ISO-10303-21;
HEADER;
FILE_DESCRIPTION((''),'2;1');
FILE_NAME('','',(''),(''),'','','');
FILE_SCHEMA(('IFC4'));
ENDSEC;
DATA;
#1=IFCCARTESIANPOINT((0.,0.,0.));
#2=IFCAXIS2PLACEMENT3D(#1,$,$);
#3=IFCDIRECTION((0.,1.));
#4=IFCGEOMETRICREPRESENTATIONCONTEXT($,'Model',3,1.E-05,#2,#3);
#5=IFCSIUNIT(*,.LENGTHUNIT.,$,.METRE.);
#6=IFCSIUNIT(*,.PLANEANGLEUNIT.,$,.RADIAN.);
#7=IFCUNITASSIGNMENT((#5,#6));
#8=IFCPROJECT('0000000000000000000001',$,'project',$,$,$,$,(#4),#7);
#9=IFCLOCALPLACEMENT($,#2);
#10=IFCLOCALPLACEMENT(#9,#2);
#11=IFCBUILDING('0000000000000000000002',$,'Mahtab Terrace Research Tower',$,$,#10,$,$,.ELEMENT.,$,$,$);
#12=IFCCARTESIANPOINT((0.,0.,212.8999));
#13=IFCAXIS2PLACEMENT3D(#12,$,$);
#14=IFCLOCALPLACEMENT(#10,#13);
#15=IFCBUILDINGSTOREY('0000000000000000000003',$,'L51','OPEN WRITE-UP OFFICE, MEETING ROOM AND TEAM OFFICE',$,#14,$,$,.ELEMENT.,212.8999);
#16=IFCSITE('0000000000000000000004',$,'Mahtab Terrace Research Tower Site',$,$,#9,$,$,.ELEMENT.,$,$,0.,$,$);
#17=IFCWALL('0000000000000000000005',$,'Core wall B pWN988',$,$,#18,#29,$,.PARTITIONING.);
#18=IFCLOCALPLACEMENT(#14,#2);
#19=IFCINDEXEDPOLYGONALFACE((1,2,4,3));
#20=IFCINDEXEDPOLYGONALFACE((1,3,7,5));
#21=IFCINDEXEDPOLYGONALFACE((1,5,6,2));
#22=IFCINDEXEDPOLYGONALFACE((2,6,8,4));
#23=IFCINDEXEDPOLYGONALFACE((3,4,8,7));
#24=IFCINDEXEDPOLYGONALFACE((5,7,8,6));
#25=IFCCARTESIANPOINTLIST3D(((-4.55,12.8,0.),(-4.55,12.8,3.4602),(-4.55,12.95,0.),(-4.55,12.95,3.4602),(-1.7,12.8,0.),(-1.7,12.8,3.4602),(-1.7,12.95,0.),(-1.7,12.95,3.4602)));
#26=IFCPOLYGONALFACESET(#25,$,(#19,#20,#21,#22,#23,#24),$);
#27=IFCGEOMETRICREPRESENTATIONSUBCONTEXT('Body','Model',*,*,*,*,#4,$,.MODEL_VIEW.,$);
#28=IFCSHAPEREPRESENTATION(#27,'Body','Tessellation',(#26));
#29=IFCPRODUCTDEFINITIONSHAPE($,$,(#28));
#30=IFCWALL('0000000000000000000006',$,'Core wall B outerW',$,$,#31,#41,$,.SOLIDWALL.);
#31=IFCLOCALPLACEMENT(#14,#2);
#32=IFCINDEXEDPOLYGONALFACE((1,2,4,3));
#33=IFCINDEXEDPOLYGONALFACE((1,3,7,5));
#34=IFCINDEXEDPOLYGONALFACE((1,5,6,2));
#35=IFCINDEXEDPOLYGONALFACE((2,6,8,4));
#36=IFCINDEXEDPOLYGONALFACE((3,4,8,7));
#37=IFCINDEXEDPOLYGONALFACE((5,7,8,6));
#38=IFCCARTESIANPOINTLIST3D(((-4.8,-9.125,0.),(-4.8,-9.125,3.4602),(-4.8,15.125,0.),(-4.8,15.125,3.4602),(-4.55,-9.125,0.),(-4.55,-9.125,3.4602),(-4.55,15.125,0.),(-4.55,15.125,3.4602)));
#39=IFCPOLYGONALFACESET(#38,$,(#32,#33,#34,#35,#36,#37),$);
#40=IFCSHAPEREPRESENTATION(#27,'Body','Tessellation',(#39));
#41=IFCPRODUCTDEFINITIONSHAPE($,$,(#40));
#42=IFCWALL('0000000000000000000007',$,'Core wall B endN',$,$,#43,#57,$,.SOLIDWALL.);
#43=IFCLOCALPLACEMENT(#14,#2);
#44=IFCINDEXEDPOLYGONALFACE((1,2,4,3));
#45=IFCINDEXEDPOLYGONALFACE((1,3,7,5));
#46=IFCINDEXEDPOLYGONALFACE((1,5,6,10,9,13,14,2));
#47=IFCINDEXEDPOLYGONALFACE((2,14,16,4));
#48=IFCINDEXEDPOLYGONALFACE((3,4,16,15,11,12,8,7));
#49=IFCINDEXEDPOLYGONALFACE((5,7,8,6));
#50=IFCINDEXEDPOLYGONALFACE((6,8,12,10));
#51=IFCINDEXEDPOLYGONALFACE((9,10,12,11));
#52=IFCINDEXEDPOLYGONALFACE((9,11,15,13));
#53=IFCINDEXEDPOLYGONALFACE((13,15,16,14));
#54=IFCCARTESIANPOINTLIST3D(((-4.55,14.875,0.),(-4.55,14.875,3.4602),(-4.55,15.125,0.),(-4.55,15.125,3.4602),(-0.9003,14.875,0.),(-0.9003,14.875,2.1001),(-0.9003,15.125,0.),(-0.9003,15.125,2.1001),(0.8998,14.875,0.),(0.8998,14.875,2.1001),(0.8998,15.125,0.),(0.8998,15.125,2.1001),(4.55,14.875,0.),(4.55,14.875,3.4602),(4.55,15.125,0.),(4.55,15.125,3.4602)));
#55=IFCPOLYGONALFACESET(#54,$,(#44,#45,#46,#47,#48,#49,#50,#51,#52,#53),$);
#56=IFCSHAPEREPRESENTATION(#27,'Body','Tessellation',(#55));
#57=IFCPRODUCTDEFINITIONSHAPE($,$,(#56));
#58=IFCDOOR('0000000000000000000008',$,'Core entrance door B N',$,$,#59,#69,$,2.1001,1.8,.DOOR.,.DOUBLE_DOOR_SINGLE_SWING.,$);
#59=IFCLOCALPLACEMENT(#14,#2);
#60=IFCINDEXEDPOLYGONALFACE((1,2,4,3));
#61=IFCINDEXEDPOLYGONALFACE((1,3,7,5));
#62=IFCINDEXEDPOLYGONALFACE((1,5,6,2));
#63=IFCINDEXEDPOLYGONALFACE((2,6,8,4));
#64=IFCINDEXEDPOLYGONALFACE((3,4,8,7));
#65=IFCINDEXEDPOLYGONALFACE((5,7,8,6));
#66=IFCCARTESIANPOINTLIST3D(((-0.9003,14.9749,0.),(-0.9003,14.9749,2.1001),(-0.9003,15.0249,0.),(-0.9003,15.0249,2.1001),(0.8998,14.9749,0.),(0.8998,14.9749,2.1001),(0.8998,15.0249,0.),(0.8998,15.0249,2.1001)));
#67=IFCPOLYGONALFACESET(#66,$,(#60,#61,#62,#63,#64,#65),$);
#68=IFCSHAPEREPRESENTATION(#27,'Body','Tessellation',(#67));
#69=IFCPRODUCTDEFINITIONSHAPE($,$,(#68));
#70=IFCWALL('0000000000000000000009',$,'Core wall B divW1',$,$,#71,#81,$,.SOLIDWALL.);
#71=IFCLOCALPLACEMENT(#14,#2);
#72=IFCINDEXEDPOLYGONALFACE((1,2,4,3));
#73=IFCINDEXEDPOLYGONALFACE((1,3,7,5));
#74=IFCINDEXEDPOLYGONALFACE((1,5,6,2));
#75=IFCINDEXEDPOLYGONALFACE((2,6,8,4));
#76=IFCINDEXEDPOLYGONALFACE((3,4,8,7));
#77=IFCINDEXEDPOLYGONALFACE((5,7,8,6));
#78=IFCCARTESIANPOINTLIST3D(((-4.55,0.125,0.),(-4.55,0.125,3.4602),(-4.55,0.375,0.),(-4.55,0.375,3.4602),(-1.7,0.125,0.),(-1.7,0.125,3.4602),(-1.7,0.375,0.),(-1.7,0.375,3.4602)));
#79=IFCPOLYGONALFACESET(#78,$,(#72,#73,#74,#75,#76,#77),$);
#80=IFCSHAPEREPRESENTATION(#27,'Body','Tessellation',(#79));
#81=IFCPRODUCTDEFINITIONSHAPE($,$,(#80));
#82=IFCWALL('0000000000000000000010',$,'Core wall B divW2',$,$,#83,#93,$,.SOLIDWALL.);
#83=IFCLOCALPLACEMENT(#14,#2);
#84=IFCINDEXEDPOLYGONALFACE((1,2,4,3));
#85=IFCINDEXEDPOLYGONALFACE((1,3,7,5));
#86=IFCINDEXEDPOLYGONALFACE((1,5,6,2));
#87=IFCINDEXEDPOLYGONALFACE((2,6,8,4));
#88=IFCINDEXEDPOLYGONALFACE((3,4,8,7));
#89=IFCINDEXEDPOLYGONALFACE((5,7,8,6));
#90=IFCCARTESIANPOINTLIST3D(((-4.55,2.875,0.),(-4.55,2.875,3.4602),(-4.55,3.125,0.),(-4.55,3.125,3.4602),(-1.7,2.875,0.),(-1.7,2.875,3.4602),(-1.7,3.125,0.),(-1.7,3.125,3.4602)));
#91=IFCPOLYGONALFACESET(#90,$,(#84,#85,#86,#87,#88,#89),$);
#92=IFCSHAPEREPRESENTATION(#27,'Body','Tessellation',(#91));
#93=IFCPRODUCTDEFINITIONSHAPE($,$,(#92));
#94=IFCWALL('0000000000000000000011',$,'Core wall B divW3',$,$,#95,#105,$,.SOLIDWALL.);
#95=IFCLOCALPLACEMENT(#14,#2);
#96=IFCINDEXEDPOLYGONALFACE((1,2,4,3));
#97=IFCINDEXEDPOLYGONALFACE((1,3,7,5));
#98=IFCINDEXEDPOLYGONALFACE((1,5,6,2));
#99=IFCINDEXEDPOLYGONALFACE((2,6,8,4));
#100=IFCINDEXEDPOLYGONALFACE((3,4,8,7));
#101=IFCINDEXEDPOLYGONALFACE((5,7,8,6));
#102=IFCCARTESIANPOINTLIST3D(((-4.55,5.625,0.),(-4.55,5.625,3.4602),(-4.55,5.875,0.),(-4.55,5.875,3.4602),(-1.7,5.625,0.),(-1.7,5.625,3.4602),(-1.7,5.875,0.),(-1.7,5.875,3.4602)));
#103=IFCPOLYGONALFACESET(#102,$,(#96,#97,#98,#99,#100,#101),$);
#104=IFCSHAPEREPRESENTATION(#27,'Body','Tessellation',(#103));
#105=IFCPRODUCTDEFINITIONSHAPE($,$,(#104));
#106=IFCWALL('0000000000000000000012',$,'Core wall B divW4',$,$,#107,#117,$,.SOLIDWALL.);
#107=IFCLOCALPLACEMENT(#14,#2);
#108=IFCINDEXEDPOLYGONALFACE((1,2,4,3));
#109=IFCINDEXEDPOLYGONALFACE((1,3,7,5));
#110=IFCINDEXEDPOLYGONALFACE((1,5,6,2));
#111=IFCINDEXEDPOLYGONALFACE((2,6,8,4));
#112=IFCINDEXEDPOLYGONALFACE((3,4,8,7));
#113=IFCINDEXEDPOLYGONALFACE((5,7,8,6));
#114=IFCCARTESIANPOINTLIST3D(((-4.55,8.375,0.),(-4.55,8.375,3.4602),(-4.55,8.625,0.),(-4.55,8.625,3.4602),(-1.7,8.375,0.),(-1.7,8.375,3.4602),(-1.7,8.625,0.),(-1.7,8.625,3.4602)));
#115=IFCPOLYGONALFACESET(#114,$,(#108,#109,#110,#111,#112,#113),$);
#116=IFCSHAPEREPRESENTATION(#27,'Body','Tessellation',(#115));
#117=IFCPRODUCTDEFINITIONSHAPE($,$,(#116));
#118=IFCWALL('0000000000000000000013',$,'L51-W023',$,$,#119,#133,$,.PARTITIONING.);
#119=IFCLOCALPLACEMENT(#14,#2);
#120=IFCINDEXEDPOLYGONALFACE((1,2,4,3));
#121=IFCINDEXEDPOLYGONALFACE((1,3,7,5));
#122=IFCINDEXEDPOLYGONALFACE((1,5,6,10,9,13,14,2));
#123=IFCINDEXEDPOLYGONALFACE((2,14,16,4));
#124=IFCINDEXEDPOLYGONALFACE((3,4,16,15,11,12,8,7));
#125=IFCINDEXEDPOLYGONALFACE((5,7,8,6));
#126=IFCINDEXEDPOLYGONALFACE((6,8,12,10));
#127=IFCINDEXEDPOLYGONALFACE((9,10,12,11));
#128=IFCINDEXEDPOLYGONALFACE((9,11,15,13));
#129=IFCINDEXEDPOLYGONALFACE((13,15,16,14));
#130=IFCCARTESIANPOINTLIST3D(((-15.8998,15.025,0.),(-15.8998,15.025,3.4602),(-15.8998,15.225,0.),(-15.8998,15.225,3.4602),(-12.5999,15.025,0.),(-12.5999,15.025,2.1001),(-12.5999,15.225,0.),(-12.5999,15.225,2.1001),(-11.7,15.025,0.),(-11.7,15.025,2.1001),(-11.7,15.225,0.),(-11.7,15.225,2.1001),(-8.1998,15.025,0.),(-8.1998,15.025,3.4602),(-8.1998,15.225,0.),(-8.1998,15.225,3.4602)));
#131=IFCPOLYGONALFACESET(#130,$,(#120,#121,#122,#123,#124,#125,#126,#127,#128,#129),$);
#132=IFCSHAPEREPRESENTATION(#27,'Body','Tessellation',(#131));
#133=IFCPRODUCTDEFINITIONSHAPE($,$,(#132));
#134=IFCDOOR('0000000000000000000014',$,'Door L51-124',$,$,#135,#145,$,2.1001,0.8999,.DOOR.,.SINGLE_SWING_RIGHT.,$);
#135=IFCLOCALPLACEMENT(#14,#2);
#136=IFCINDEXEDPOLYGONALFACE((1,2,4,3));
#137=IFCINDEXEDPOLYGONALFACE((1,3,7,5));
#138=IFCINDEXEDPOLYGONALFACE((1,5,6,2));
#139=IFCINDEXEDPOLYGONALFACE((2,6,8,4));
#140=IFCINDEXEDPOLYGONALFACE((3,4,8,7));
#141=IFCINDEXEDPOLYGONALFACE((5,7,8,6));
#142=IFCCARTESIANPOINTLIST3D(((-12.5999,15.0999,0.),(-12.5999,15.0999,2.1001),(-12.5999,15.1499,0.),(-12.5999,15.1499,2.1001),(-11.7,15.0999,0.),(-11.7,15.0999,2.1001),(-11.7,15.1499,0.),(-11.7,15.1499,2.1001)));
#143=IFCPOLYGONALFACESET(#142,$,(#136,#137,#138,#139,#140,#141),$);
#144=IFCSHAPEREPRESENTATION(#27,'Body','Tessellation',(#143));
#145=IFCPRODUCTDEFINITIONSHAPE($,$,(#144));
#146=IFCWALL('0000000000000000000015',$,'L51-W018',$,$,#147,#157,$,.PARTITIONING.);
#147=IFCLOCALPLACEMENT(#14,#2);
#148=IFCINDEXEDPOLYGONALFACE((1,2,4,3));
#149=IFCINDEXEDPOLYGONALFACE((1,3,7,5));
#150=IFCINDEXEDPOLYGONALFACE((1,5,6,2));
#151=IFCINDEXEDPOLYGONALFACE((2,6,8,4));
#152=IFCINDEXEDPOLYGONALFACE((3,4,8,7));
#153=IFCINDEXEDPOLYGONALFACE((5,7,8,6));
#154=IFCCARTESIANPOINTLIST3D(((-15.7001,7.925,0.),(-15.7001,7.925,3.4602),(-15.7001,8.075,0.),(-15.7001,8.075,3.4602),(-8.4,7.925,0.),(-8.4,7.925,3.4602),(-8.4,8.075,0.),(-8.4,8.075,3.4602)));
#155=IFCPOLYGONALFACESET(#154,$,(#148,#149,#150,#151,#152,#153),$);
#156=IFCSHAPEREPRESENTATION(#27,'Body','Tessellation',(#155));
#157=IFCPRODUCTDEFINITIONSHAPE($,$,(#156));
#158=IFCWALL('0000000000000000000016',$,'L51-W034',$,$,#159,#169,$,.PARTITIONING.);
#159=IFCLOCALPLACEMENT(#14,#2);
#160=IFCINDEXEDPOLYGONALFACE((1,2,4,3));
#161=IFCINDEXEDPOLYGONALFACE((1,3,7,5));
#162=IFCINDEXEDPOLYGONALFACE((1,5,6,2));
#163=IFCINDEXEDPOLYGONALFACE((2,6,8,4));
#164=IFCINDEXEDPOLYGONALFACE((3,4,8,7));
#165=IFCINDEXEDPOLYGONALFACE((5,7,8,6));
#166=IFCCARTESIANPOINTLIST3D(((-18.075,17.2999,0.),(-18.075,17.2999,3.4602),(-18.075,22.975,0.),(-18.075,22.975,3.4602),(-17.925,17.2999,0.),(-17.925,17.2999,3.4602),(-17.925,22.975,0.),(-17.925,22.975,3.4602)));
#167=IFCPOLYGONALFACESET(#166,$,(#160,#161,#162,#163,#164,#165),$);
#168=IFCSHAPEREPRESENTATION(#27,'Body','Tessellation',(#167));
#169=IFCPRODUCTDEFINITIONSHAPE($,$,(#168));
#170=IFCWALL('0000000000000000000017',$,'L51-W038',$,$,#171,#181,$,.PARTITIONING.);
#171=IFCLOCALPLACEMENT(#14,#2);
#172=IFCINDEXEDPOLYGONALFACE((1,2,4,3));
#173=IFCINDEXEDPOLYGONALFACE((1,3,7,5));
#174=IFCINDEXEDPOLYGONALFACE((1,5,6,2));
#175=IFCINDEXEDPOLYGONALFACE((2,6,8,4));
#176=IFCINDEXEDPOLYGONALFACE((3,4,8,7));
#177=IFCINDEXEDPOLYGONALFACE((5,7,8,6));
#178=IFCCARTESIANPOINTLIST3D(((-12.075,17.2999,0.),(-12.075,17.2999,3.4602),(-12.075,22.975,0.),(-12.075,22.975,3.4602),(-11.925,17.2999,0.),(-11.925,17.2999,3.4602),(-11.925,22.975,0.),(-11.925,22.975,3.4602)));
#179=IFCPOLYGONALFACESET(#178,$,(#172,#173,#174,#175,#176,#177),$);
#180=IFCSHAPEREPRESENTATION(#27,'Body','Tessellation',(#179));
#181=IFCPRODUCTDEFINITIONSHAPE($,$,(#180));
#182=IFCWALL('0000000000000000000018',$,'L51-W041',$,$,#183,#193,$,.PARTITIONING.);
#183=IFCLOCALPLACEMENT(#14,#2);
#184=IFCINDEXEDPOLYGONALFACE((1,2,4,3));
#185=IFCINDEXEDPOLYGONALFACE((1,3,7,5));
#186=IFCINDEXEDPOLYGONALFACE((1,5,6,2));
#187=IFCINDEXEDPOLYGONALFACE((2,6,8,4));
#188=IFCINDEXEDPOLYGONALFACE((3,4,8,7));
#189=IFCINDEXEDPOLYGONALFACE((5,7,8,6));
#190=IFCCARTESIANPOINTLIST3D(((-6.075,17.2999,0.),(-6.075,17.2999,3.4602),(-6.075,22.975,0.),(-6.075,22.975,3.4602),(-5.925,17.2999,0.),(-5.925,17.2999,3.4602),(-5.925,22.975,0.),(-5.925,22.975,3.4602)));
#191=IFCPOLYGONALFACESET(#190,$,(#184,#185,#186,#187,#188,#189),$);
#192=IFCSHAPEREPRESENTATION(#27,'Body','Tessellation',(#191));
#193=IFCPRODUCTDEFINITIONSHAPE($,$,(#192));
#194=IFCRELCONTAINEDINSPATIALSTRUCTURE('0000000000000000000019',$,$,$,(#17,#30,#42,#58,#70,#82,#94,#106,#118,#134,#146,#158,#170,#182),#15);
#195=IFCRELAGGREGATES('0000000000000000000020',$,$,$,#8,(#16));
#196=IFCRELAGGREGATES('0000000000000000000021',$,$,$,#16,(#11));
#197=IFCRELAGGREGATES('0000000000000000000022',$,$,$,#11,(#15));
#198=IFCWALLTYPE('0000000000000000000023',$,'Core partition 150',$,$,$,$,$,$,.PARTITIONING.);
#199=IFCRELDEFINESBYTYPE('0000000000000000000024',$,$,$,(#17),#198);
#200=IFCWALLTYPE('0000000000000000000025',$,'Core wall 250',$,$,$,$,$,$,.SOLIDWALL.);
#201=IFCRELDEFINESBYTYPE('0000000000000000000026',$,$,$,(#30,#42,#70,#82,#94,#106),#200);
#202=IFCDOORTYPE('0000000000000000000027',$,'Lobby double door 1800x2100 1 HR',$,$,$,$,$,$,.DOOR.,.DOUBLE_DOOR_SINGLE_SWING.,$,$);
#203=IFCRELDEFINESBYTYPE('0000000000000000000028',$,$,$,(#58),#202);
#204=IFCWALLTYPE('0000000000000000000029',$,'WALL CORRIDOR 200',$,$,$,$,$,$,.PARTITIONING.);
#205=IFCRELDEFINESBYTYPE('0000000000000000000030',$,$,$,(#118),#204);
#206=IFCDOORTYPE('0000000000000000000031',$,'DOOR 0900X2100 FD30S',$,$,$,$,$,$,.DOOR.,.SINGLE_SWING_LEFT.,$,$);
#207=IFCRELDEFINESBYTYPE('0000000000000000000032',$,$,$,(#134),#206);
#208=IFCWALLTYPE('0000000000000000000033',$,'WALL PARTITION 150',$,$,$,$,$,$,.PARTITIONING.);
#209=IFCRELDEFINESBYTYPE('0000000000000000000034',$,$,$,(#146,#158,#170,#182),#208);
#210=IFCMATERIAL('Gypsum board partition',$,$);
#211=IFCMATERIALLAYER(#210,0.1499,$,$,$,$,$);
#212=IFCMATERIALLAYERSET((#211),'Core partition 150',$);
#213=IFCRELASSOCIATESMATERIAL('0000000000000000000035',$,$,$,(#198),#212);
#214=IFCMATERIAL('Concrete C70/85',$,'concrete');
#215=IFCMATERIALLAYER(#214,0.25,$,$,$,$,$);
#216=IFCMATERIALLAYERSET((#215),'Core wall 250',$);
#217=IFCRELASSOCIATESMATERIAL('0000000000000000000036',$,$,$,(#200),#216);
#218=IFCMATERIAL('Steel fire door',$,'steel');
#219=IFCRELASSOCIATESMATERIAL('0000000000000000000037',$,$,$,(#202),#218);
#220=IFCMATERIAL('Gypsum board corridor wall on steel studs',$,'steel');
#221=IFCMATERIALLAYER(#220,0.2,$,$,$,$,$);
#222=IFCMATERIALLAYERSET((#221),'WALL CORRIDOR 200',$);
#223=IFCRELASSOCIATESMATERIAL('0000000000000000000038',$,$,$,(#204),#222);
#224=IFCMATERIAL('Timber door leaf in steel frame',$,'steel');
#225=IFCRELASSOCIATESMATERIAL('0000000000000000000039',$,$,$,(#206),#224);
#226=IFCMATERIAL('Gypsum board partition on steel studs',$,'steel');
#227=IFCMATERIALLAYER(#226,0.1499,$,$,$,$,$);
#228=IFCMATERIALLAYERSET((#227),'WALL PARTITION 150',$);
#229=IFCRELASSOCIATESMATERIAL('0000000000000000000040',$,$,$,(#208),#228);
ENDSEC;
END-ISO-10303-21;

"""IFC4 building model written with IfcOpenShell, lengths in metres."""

from ifc_helpers import new_model, si_unit, direction, frame, frame_2d, origin, place, context, subcontext, project, spatial, rectangle, extrude, material, layer, layer_set, type_object, element, fill, save


model = new_model("IFC4")

# Units and contexts
model_context = context("Model", 3, precision=1e-05, world=origin(), true_north=direction((0.0, 1.0)))
body_context = subcontext(model_context, "Body", "Model", "MODEL_VIEW")
ifc_project = project(units=[si_unit("LENGTHUNIT", "METRE"), si_unit("PLANEANGLEUNIT", "RADIAN")], contexts=[model_context])

# Site, building, storey
site_placement = place(None, origin())
site = spatial("IfcSite", under=ifc_project, at=site_placement, Name="Mahtab Terrace Research Tower Site", CompositionType="ELEMENT", RefElevation=0.0)
building_placement = place(site_placement, origin())
building = spatial("IfcBuilding", under=site, at=building_placement, Name="Mahtab Terrace Research Tower", CompositionType="ELEMENT")
storey_placement = place(building_placement, frame((0.0, 0.0, 212.8999)))
storey = spatial("IfcBuildingStorey", under=building, at=storey_placement, Name="L51", Description="OPEN WRITE-UP OFFICE, MEETING ROOM AND TEAM OFFICE", CompositionType="ELEMENT", Elevation=212.8999)

# Shared definitions
ifc_material_1 = material(Name="Concrete C70/85", Category="concrete")

# Walls
ifc_material_2 = material(Name="Gypsum board partition")
ifc_layer_1 = layer(ifc_material_2, 0.1499)
ifc_layer_set_1 = layer_set([ifc_layer_1], Name="Core partition 150")
wall_type_1 = type_object("IfcWallType", Name="Core partition 150", PredefinedType="PARTITIONING", material=ifc_layer_set_1)
wall_1_placement = place(storey_placement, frame((-4.55, 12.875, 0.0), z_axis=(0.0, 0.0, 1.0), x_axis=(1.0, 0.0, 0.0)))
element("IfcWall", 1, at=wall_1_placement, inside=storey, type_object=wall_type_1, Name="Core wall B pWN988", PredefinedType="PARTITIONING", context=body_context, shape_type="SweptSolid", body=[
    extrude(rectangle(XDim=2.8501, YDim=0.1499, at=frame_2d((1.425, 0.0))), origin(), (0.0, 0.0, 1.0), 3.4602),
])
ifc_layer_2 = layer(ifc_material_1, 0.25)
ifc_layer_set_2 = layer_set([ifc_layer_2], Name="Core wall 250")
wall_type_2 = type_object("IfcWallType", Name="Core wall 250", PredefinedType="SOLIDWALL", material=ifc_layer_set_2)
wall_2_placement = place(storey_placement, frame((-4.675, 15.125, 0.0), z_axis=(0.0, 0.0, 1.0), x_axis=(0.0, -1.0, 0.0)))
element("IfcWall", 2, at=wall_2_placement, inside=storey, type_object=wall_type_2, Name="Core wall B outerW", PredefinedType="SOLIDWALL", context=body_context, shape_type="SweptSolid", body=[
    extrude(rectangle(XDim=24.25, YDim=0.25, at=frame_2d((12.125, 0.0))), origin(), (0.0, 0.0, 1.0), 3.4602),
])

# Wall, opening, door
wall_3_placement = place(storey_placement, frame((-4.55, 15.0, 0.0), z_axis=(0.0, 0.0, 1.0), x_axis=(1.0, 0.0, 0.0)))
wall_3 = element("IfcWall", 3, at=wall_3_placement, inside=storey, type_object=wall_type_2, Name="Core wall B endN", PredefinedType="SOLIDWALL", context=body_context, shape_type="SweptSolid", body=[
    extrude(rectangle(XDim=9.1001, YDim=0.25, at=frame_2d((4.55, 0.0))), origin(), (0.0, 0.0, 1.0), 3.4602),
])
opening_1_placement = place(wall_3_placement, frame((3.6499, 0.0, 0.0)))
opening_1 = element("IfcOpeningElement", 4, at=opening_1_placement, cuts=wall_3, PredefinedType="OPENING", context=body_context, shape_type="SweptSolid", body=[
    extrude(rectangle(XDim=1.8, YDim=2.1001, at=frame_2d((0.8999, 1.05))), frame((0.0, 0.135, 0.0), z_axis=(0.0, -1.0, 0.0), x_axis=(1.0, 0.0, 0.0)), (0.0, 0.0, 1.0), 0.27),
])
ifc_material_3 = material(Name="Steel fire door", Category="steel")
door_type_1 = type_object("IfcDoorType", Name="Lobby double door 1800x2100 1 HR", OperationType="DOUBLE_DOOR_SINGLE_SWING", PredefinedType="DOOR", material=ifc_material_3)
door_1_placement = place(opening_1_placement, origin())
door_1 = element("IfcDoor", 5, at=door_1_placement, inside=storey, type_object=door_type_1, Name="Core entrance door B N", OperationType="DOUBLE_DOOR_SINGLE_SWING", OverallHeight=2.1001, OverallWidth=1.8, PredefinedType="DOOR", context=body_context, shape_type="SweptSolid", body=[
    extrude(rectangle(XDim=1.8, YDim=2.1001, at=frame_2d((0.8999, 1.05))), frame((0.0, 0.0249, 0.0), z_axis=(0.0, -1.0, 0.0), x_axis=(1.0, 0.0, 0.0)), (0.0, 0.0, 1.0), 0.05),
])
fill(opening_1, door_1)

# Walls
for number, where, z_axis, x_axis, name in (
    (6, (-4.55, 0.25, 0.0), (0.0, 0.0, 1.0), (1.0, 0.0, 0.0), "Core wall B divW1"),
    (7, (-4.55, 3.0, 0.0), (0.0, 0.0, 1.0), (1.0, 0.0, 0.0), "Core wall B divW2"),
    (8, (-4.55, 5.75, 0.0), (0.0, 0.0, 1.0), (1.0, 0.0, 0.0), "Core wall B divW3"),
    (9, (-4.55, 8.5, 0.0), (0.0, 0.0, 1.0), (1.0, 0.0, 0.0), "Core wall B divW4"),
):
    element("IfcWall", number, at=place(storey_placement, frame(where, z_axis=z_axis, x_axis=x_axis)), inside=storey, type_object=wall_type_2, Name=name, PredefinedType="SOLIDWALL", context=body_context, shape_type="SweptSolid", body=[
        extrude(rectangle(XDim=2.8501, YDim=0.25, at=frame_2d((1.425, 0.0))), origin(), (0.0, 0.0, 1.0), 3.4602),
    ])

# Wall, opening, door
ifc_material_4 = material(Name="Gypsum board corridor wall on steel studs", Category="steel")
ifc_layer_3 = layer(ifc_material_4, 0.2)
ifc_layer_set_3 = layer_set([ifc_layer_3], Name="WALL CORRIDOR 200")
wall_type_3 = type_object("IfcWallType", Name="WALL CORRIDOR 200", PredefinedType="PARTITIONING", material=ifc_layer_set_3)
wall_4_placement = place(storey_placement, frame((-15.8999, 15.125, 0.0), z_axis=(0.0, 0.0, 1.0), x_axis=(1.0, 0.0, 0.0)))
wall_4 = element("IfcWall", 10, at=wall_4_placement, inside=storey, type_object=wall_type_3, Name="L51-W023", PredefinedType="PARTITIONING", context=body_context, shape_type="SweptSolid", body=[
    extrude(rectangle(XDim=7.7, YDim=0.2, at=frame_2d((3.8501, 0.0))), origin(), (0.0, 0.0, 1.0), 3.4602),
])
opening_2_placement = place(wall_4_placement, frame((3.3, 0.0, 0.0)))
opening_2 = element("IfcOpeningElement", 11, at=opening_2_placement, cuts=wall_4, PredefinedType="OPENING", context=body_context, shape_type="SweptSolid", body=[
    extrude(rectangle(XDim=0.8999, YDim=2.1001, at=frame_2d((0.45, 1.05))), frame((0.0, 0.1099, 0.0), z_axis=(0.0, -1.0, 0.0), x_axis=(1.0, 0.0, 0.0)), (0.0, 0.0, 1.0), 0.22),
])
ifc_material_5 = material(Name="Timber door leaf in steel frame", Category="steel")
door_type_2 = type_object("IfcDoorType", Name="DOOR 0900X2100 FD30S", OperationType="SINGLE_SWING_LEFT", PredefinedType="DOOR", material=ifc_material_5)
door_2_placement = place(opening_2_placement, origin())
door_2 = element("IfcDoor", 12, at=door_2_placement, inside=storey, type_object=door_type_2, Name="Door L51-124", OperationType="SINGLE_SWING_RIGHT", OverallHeight=2.1001, OverallWidth=0.8999, PredefinedType="DOOR", context=body_context, shape_type="SweptSolid", body=[
    extrude(rectangle(XDim=0.8999, YDim=2.1001, at=frame_2d((0.45, 1.05))), frame((0.0, 0.0249, 0.0), z_axis=(0.0, -1.0, 0.0), x_axis=(1.0, 0.0, 0.0)), (0.0, 0.0, 1.0), 0.05),
])
fill(opening_2, door_2)

# Walls
ifc_material_6 = material(Name="Gypsum board partition on steel studs", Category="steel")
ifc_layer_4 = layer(ifc_material_6, 0.1499)
ifc_layer_set_4 = layer_set([ifc_layer_4], Name="WALL PARTITION 150")
wall_type_4 = type_object("IfcWallType", Name="WALL PARTITION 150", PredefinedType="PARTITIONING", material=ifc_layer_set_4)
wall_5_placement = place(storey_placement, frame((-15.7, 8.0, 0.0), z_axis=(0.0, 0.0, 1.0), x_axis=(1.0, 0.0, 0.0)))
element("IfcWall", 13, at=wall_5_placement, inside=storey, type_object=wall_type_4, Name="L51-W018", PredefinedType="PARTITIONING", context=body_context, shape_type="SweptSolid", body=[
    extrude(rectangle(XDim=7.3, YDim=0.1499, at=frame_2d((3.6499, 0.0))), origin(), (0.0, 0.0, 1.0), 3.4602),
])
for number, where, z_axis, x_axis, name in (
    (14, (-18.0, 17.3, 0.0), (0.0, 0.0, 1.0), (0.0, 1.0, 0.0), "L51-W034"),
    (15, (-12.0, 17.3, 0.0), (0.0, 0.0, 1.0), (0.0, 1.0, 0.0), "L51-W038"),
    (16, (-6.0, 17.3, 0.0), (0.0, 0.0, 1.0), (0.0, 1.0, 0.0), "L51-W041"),
):
    element("IfcWall", number, at=place(storey_placement, frame(where, z_axis=z_axis, x_axis=x_axis)), inside=storey, type_object=wall_type_4, Name=name, PredefinedType="PARTITIONING", context=body_context, shape_type="SweptSolid", body=[
        extrude(rectangle(XDim=5.675, YDim=0.1499, at=frame_2d((2.8374, 0.0))), origin(), (0.0, 0.0, 1.0), 3.4602),
    ])

save(model, "model.ifc")
